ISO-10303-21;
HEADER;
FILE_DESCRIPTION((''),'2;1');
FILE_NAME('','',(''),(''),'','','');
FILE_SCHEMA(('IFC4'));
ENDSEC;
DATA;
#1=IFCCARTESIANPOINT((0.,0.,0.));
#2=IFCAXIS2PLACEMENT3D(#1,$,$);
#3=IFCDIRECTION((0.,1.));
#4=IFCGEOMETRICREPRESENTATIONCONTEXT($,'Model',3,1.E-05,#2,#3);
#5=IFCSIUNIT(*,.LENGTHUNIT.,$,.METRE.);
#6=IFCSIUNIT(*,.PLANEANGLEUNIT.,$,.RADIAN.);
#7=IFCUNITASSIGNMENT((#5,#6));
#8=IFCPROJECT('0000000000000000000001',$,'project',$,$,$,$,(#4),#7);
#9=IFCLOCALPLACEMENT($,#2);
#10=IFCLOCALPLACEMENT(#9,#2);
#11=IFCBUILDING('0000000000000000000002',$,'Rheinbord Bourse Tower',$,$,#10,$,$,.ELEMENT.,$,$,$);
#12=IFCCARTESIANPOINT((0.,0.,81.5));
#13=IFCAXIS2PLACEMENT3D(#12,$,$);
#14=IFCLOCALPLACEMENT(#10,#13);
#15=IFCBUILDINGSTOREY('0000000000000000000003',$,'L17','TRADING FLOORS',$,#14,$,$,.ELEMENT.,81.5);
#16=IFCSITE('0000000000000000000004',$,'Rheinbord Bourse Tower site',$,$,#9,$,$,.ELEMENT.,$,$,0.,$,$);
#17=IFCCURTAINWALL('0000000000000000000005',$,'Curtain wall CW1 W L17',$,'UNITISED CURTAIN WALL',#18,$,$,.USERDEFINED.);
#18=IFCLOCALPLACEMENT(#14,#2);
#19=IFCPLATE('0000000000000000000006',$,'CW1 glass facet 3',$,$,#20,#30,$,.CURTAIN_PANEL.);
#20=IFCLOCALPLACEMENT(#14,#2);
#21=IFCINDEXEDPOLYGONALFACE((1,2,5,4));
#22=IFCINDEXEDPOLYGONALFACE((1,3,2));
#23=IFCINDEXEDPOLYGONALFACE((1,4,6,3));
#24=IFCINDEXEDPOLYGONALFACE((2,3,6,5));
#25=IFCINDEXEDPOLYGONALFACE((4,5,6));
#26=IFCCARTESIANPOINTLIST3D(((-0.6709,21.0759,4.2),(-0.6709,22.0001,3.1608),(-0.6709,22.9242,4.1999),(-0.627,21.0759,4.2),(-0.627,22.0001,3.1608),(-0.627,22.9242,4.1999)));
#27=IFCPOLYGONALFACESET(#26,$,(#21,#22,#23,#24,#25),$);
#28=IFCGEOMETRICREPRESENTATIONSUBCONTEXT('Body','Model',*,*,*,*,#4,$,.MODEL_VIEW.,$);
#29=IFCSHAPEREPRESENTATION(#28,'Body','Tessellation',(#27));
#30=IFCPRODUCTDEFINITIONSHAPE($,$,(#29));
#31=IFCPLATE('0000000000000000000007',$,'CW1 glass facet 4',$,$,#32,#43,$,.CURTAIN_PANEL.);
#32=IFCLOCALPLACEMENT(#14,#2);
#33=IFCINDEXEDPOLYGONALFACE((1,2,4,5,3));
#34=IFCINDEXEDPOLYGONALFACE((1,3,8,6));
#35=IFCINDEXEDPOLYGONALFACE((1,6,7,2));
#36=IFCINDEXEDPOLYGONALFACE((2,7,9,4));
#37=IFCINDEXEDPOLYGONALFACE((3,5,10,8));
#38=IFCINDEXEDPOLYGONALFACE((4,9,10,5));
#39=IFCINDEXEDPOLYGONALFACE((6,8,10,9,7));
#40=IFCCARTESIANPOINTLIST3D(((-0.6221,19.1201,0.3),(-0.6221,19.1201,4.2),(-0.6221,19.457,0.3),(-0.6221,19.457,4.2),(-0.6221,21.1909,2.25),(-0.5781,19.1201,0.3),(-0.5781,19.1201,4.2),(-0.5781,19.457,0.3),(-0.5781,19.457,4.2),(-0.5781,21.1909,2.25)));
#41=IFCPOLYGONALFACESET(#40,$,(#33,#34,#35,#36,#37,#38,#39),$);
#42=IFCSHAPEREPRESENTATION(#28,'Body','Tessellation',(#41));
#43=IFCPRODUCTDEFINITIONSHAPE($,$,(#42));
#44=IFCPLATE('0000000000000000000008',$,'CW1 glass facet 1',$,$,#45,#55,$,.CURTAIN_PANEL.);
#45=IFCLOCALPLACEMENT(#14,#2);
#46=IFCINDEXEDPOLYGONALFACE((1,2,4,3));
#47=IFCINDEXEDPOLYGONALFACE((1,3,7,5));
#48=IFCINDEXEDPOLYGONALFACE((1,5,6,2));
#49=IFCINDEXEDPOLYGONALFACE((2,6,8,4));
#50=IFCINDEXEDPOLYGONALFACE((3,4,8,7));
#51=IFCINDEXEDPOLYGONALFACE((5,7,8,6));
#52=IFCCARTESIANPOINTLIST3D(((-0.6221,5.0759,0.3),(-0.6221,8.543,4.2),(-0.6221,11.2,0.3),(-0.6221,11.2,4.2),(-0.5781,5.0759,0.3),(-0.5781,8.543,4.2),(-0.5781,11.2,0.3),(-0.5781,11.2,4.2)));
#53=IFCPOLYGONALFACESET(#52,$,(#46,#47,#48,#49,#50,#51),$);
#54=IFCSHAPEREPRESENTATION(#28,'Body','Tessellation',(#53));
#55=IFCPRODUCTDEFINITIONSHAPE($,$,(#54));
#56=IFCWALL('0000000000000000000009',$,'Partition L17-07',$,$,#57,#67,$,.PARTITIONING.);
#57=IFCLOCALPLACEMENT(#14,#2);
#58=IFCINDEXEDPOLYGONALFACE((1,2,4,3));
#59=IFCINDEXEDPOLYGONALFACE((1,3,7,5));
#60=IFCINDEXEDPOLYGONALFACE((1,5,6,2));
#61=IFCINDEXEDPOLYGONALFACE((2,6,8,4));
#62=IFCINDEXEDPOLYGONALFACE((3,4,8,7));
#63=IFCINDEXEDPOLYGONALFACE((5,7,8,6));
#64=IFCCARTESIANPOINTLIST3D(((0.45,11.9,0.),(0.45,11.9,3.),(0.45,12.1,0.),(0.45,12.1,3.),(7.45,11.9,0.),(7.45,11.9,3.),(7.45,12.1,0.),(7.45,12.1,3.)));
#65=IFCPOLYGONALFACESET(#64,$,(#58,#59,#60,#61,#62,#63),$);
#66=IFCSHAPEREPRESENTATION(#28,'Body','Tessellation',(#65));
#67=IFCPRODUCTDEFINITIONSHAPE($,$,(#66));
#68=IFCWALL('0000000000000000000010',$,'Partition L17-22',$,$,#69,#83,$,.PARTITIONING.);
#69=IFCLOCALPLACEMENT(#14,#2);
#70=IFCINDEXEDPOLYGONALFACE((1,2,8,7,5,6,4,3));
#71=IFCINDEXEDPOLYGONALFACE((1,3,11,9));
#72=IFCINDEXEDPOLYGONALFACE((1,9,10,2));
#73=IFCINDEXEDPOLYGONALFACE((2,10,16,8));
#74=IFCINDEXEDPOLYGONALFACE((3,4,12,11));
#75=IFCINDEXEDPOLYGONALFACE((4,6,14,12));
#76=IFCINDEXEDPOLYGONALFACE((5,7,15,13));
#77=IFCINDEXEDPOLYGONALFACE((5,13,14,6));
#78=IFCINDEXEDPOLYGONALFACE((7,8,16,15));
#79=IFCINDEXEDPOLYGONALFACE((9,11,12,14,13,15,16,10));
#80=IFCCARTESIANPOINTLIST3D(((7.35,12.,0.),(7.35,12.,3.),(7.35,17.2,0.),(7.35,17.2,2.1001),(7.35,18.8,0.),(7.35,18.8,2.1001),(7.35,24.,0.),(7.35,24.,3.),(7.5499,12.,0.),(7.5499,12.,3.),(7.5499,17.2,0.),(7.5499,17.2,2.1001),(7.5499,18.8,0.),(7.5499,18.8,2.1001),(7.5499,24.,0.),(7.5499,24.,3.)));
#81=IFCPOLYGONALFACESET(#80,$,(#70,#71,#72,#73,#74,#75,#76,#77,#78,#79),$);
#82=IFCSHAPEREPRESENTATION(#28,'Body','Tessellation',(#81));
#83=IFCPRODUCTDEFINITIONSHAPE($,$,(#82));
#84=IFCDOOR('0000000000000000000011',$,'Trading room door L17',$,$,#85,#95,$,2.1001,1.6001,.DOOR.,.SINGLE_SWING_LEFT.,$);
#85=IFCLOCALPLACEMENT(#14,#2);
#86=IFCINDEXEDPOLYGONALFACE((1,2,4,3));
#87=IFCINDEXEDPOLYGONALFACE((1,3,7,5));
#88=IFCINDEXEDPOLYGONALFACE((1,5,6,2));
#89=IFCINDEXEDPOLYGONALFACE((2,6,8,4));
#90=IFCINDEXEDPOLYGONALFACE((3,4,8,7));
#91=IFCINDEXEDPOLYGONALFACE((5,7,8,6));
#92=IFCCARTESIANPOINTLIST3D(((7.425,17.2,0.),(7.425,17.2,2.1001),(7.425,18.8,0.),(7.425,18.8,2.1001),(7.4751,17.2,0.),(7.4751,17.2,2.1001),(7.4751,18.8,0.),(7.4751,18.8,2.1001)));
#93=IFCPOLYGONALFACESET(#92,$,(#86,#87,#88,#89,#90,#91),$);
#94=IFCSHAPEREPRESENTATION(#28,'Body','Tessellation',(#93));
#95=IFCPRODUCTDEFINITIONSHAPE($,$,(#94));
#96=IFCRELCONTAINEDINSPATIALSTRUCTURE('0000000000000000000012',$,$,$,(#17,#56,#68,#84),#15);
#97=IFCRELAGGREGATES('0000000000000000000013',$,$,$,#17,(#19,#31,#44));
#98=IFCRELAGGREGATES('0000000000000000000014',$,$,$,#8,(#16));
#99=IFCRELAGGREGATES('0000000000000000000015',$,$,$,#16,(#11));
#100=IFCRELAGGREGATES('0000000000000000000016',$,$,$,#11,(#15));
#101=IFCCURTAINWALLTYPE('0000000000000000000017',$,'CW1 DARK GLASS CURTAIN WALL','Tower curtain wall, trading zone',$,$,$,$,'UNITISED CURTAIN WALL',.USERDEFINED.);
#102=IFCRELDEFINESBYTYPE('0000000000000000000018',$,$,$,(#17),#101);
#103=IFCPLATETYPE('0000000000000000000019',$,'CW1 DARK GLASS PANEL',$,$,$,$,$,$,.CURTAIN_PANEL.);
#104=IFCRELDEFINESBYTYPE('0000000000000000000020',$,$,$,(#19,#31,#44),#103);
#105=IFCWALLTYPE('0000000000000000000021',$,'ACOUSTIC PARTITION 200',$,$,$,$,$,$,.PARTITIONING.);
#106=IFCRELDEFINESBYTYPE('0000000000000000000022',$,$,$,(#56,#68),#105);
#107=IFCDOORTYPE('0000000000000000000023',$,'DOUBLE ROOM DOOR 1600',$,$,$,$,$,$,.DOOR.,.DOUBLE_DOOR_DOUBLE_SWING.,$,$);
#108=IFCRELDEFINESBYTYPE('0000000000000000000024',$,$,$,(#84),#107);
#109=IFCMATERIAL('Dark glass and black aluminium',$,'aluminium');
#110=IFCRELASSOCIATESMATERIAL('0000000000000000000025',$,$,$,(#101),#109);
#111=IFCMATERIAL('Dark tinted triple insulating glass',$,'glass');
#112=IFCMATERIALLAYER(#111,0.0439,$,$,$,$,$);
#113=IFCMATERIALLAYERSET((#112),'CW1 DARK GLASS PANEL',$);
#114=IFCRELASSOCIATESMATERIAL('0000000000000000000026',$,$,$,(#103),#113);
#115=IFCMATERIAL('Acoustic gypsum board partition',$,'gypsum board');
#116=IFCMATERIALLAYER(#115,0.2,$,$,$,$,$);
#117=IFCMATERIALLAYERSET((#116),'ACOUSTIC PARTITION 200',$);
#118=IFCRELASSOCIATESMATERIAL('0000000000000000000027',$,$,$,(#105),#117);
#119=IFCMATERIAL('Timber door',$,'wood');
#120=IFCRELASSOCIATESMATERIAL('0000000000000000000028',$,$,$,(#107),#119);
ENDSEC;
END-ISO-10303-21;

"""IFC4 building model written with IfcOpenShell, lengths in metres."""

from ifc_helpers import new_model, si_unit, direction, frame, frame_2d, origin, place, context, subcontext, project, spatial, polyline, rectangle, outline, extrude, material, layer, layer_set, type_object, element, fill, aggregate, save


model = new_model("IFC4")

# Units and contexts
model_context = context("Model", 3, precision=1e-05, world=origin(), true_north=direction((0.0, 1.0)))
body_context = subcontext(model_context, "Body", "Model", "MODEL_VIEW")
ifc_project = project(units=[si_unit("LENGTHUNIT", "METRE"), si_unit("PLANEANGLEUNIT", "RADIAN")], contexts=[model_context])

# Site, building, storey
site_placement = place(None, origin())
site = spatial("IfcSite", under=ifc_project, at=site_placement, Name="Rheinbord Bourse Tower site", CompositionType="ELEMENT", RefElevation=0.0)
building_placement = place(site_placement, origin())
building = spatial("IfcBuilding", under=site, at=building_placement, Name="Rheinbord Bourse Tower", CompositionType="ELEMENT")
storey_placement = place(building_placement, frame((0.0, 0.0, 81.5)))
storey = spatial("IfcBuildingStorey", under=building, at=storey_placement, Name="L17", Description="TRADING FLOORS", CompositionType="ELEMENT", Elevation=81.5)

# Curtain wall
ifc_material_1 = material(Name="Dark glass and black aluminium", Category="aluminium")
curtain_wall_type = type_object("IfcCurtainWallType", Name="CW1 DARK GLASS CURTAIN WALL", Description="Tower curtain wall, trading zone", ElementType="UNITISED CURTAIN WALL", PredefinedType="USERDEFINED", material=ifc_material_1)
curtain_wall_placement = place(storey_placement, origin())
curtain_wall = element("IfcCurtainWall", 1, at=curtain_wall_placement, inside=storey, type_object=curtain_wall_type, Name="Curtain wall CW1 W L17", ObjectType="UNITISED CURTAIN WALL", PredefinedType="USERDEFINED")

# Plates
ifc_material_2 = material(Name="Dark tinted triple insulating glass", Category="glass")
ifc_layer_1 = layer(ifc_material_2, 0.0439)
ifc_layer_set_1 = layer_set([ifc_layer_1], Name="CW1 DARK GLASS PANEL")
plate_type = type_object("IfcPlateType", Name="CW1 DARK GLASS PANEL", PredefinedType="CURTAIN_PANEL", material=ifc_layer_set_1)
plate_1_placement = place(storey_placement, frame((-0.6709, 21.0759, 4.2), z_axis=(1.0, 0.0, 0.0), x_axis=(0.0, 0.664549, -0.747245)))
plate_1 = element("IfcPlate", 2, at=plate_1_placement, type_object=plate_type, Name="CW1 glass facet 3", PredefinedType="CURTAIN_PANEL", context=body_context, shape_type="SweptSolid", body=[
    extrude(outline(polyline([(0.0, 0.0), (1.3906, 0.0), (1.2283, 1.3811), (0.0, 0.0)])), origin(), (0.0, 0.0, 1.0), 0.0439),
])
plate_2_placement = place(storey_placement, frame((-0.6221, 19.1201, 4.2), z_axis=(1.0, 0.0, 0.0), x_axis=(0.0, 0.0, -1.0)))
plate_2 = element("IfcPlate", 3, at=plate_2_placement, type_object=plate_type, Name="CW1 glass facet 4", PredefinedType="CURTAIN_PANEL", context=body_context, shape_type="SweptSolid", body=[
    extrude(outline(polyline([(0.0, 0.0), (3.8999, 0.0), (3.8999, 0.3369), (1.95, 2.0708), (0.0, 0.3369), (0.0, 0.0)])), origin(), (0.0, 0.0, 1.0), 0.0439),
])
plate_3_placement = place(storey_placement, frame((-0.6221, 11.2, 0.3), z_axis=(1.0, 0.0, 0.0), x_axis=(0.0, 0.0, 1.0)))
plate_3 = element("IfcPlate", 4, at=plate_3_placement, type_object=plate_type, Name="CW1 glass facet 1", PredefinedType="CURTAIN_PANEL", context=body_context, shape_type="SweptSolid", body=[
    extrude(outline(polyline([(0.0, 0.0), (3.8999, 0.0), (3.8999, 2.657), (0.0, 6.124), (0.0, 0.0)])), origin(), (0.0, 0.0, 1.0), 0.0439),
])
aggregate(curtain_wall, [plate_1, plate_2, plate_3])

# Wall
ifc_material_3 = material(Name="Acoustic gypsum board partition", Category="gypsum board")
ifc_layer_2 = layer(ifc_material_3, 0.2)
ifc_layer_set_2 = layer_set([ifc_layer_2], Name="ACOUSTIC PARTITION 200")
wall_type = type_object("IfcWallType", Name="ACOUSTIC PARTITION 200", PredefinedType="PARTITIONING", material=ifc_layer_set_2)
wall_1_placement = place(storey_placement, frame((0.45, 12.0, 0.0), z_axis=(0.0, 0.0, 1.0), x_axis=(1.0, 0.0, 0.0)))
element("IfcWall", 5, at=wall_1_placement, inside=storey, type_object=wall_type, Name="Partition L17-07", PredefinedType="PARTITIONING", context=body_context, shape_type="SweptSolid", body=[
    extrude(rectangle(XDim=7.0, YDim=0.2, at=frame_2d((3.5, 0.0))), origin(), (0.0, 0.0, 1.0), 3.0),
])

# Wall, opening, door
wall_2_placement = place(storey_placement, frame((7.45, 12.0, 0.0), z_axis=(0.0, 0.0, 1.0), x_axis=(0.0, 1.0, 0.0)))
wall_2 = element("IfcWall", 6, at=wall_2_placement, inside=storey, type_object=wall_type, Name="Partition L17-22", PredefinedType="PARTITIONING", context=body_context, shape_type="SweptSolid", body=[
    extrude(rectangle(XDim=12.0, YDim=0.2, at=frame_2d((6.0, 0.0))), origin(), (0.0, 0.0, 1.0), 3.0),
])
opening_placement = place(wall_2_placement, frame((5.2, 0.0, 0.0)))
opening = element("IfcOpeningElement", 7, at=opening_placement, cuts=wall_2, PredefinedType="OPENING", context=body_context, shape_type="SweptSolid", body=[
    extrude(rectangle(XDim=1.6001, YDim=2.1001, at=frame_2d((0.8, 1.05))), frame((0.0, 0.1099, 0.0), z_axis=(0.0, -1.0, 0.0), x_axis=(1.0, 0.0, 0.0)), (0.0, 0.0, 1.0), 0.22),
])
ifc_material_4 = material(Name="Timber door", Category="wood")
door_type = type_object("IfcDoorType", Name="DOUBLE ROOM DOOR 1600", OperationType="DOUBLE_DOOR_DOUBLE_SWING", PredefinedType="DOOR", material=ifc_material_4)
door_placement = place(opening_placement, origin())
door = element("IfcDoor", 8, at=door_placement, inside=storey, type_object=door_type, Name="Trading room door L17", OperationType="SINGLE_SWING_LEFT", OverallHeight=2.1001, OverallWidth=1.6001, PredefinedType="DOOR", context=body_context, shape_type="SweptSolid", body=[
    extrude(rectangle(XDim=1.6001, YDim=2.1001, at=frame_2d((0.8, 1.05))), frame((0.0, 0.0249, 0.0), z_axis=(0.0, -1.0, 0.0), x_axis=(1.0, 0.0, 0.0)), (0.0, 0.0, 1.0), 0.05),
])
fill(opening, door)

save(model, "model.ifc")
